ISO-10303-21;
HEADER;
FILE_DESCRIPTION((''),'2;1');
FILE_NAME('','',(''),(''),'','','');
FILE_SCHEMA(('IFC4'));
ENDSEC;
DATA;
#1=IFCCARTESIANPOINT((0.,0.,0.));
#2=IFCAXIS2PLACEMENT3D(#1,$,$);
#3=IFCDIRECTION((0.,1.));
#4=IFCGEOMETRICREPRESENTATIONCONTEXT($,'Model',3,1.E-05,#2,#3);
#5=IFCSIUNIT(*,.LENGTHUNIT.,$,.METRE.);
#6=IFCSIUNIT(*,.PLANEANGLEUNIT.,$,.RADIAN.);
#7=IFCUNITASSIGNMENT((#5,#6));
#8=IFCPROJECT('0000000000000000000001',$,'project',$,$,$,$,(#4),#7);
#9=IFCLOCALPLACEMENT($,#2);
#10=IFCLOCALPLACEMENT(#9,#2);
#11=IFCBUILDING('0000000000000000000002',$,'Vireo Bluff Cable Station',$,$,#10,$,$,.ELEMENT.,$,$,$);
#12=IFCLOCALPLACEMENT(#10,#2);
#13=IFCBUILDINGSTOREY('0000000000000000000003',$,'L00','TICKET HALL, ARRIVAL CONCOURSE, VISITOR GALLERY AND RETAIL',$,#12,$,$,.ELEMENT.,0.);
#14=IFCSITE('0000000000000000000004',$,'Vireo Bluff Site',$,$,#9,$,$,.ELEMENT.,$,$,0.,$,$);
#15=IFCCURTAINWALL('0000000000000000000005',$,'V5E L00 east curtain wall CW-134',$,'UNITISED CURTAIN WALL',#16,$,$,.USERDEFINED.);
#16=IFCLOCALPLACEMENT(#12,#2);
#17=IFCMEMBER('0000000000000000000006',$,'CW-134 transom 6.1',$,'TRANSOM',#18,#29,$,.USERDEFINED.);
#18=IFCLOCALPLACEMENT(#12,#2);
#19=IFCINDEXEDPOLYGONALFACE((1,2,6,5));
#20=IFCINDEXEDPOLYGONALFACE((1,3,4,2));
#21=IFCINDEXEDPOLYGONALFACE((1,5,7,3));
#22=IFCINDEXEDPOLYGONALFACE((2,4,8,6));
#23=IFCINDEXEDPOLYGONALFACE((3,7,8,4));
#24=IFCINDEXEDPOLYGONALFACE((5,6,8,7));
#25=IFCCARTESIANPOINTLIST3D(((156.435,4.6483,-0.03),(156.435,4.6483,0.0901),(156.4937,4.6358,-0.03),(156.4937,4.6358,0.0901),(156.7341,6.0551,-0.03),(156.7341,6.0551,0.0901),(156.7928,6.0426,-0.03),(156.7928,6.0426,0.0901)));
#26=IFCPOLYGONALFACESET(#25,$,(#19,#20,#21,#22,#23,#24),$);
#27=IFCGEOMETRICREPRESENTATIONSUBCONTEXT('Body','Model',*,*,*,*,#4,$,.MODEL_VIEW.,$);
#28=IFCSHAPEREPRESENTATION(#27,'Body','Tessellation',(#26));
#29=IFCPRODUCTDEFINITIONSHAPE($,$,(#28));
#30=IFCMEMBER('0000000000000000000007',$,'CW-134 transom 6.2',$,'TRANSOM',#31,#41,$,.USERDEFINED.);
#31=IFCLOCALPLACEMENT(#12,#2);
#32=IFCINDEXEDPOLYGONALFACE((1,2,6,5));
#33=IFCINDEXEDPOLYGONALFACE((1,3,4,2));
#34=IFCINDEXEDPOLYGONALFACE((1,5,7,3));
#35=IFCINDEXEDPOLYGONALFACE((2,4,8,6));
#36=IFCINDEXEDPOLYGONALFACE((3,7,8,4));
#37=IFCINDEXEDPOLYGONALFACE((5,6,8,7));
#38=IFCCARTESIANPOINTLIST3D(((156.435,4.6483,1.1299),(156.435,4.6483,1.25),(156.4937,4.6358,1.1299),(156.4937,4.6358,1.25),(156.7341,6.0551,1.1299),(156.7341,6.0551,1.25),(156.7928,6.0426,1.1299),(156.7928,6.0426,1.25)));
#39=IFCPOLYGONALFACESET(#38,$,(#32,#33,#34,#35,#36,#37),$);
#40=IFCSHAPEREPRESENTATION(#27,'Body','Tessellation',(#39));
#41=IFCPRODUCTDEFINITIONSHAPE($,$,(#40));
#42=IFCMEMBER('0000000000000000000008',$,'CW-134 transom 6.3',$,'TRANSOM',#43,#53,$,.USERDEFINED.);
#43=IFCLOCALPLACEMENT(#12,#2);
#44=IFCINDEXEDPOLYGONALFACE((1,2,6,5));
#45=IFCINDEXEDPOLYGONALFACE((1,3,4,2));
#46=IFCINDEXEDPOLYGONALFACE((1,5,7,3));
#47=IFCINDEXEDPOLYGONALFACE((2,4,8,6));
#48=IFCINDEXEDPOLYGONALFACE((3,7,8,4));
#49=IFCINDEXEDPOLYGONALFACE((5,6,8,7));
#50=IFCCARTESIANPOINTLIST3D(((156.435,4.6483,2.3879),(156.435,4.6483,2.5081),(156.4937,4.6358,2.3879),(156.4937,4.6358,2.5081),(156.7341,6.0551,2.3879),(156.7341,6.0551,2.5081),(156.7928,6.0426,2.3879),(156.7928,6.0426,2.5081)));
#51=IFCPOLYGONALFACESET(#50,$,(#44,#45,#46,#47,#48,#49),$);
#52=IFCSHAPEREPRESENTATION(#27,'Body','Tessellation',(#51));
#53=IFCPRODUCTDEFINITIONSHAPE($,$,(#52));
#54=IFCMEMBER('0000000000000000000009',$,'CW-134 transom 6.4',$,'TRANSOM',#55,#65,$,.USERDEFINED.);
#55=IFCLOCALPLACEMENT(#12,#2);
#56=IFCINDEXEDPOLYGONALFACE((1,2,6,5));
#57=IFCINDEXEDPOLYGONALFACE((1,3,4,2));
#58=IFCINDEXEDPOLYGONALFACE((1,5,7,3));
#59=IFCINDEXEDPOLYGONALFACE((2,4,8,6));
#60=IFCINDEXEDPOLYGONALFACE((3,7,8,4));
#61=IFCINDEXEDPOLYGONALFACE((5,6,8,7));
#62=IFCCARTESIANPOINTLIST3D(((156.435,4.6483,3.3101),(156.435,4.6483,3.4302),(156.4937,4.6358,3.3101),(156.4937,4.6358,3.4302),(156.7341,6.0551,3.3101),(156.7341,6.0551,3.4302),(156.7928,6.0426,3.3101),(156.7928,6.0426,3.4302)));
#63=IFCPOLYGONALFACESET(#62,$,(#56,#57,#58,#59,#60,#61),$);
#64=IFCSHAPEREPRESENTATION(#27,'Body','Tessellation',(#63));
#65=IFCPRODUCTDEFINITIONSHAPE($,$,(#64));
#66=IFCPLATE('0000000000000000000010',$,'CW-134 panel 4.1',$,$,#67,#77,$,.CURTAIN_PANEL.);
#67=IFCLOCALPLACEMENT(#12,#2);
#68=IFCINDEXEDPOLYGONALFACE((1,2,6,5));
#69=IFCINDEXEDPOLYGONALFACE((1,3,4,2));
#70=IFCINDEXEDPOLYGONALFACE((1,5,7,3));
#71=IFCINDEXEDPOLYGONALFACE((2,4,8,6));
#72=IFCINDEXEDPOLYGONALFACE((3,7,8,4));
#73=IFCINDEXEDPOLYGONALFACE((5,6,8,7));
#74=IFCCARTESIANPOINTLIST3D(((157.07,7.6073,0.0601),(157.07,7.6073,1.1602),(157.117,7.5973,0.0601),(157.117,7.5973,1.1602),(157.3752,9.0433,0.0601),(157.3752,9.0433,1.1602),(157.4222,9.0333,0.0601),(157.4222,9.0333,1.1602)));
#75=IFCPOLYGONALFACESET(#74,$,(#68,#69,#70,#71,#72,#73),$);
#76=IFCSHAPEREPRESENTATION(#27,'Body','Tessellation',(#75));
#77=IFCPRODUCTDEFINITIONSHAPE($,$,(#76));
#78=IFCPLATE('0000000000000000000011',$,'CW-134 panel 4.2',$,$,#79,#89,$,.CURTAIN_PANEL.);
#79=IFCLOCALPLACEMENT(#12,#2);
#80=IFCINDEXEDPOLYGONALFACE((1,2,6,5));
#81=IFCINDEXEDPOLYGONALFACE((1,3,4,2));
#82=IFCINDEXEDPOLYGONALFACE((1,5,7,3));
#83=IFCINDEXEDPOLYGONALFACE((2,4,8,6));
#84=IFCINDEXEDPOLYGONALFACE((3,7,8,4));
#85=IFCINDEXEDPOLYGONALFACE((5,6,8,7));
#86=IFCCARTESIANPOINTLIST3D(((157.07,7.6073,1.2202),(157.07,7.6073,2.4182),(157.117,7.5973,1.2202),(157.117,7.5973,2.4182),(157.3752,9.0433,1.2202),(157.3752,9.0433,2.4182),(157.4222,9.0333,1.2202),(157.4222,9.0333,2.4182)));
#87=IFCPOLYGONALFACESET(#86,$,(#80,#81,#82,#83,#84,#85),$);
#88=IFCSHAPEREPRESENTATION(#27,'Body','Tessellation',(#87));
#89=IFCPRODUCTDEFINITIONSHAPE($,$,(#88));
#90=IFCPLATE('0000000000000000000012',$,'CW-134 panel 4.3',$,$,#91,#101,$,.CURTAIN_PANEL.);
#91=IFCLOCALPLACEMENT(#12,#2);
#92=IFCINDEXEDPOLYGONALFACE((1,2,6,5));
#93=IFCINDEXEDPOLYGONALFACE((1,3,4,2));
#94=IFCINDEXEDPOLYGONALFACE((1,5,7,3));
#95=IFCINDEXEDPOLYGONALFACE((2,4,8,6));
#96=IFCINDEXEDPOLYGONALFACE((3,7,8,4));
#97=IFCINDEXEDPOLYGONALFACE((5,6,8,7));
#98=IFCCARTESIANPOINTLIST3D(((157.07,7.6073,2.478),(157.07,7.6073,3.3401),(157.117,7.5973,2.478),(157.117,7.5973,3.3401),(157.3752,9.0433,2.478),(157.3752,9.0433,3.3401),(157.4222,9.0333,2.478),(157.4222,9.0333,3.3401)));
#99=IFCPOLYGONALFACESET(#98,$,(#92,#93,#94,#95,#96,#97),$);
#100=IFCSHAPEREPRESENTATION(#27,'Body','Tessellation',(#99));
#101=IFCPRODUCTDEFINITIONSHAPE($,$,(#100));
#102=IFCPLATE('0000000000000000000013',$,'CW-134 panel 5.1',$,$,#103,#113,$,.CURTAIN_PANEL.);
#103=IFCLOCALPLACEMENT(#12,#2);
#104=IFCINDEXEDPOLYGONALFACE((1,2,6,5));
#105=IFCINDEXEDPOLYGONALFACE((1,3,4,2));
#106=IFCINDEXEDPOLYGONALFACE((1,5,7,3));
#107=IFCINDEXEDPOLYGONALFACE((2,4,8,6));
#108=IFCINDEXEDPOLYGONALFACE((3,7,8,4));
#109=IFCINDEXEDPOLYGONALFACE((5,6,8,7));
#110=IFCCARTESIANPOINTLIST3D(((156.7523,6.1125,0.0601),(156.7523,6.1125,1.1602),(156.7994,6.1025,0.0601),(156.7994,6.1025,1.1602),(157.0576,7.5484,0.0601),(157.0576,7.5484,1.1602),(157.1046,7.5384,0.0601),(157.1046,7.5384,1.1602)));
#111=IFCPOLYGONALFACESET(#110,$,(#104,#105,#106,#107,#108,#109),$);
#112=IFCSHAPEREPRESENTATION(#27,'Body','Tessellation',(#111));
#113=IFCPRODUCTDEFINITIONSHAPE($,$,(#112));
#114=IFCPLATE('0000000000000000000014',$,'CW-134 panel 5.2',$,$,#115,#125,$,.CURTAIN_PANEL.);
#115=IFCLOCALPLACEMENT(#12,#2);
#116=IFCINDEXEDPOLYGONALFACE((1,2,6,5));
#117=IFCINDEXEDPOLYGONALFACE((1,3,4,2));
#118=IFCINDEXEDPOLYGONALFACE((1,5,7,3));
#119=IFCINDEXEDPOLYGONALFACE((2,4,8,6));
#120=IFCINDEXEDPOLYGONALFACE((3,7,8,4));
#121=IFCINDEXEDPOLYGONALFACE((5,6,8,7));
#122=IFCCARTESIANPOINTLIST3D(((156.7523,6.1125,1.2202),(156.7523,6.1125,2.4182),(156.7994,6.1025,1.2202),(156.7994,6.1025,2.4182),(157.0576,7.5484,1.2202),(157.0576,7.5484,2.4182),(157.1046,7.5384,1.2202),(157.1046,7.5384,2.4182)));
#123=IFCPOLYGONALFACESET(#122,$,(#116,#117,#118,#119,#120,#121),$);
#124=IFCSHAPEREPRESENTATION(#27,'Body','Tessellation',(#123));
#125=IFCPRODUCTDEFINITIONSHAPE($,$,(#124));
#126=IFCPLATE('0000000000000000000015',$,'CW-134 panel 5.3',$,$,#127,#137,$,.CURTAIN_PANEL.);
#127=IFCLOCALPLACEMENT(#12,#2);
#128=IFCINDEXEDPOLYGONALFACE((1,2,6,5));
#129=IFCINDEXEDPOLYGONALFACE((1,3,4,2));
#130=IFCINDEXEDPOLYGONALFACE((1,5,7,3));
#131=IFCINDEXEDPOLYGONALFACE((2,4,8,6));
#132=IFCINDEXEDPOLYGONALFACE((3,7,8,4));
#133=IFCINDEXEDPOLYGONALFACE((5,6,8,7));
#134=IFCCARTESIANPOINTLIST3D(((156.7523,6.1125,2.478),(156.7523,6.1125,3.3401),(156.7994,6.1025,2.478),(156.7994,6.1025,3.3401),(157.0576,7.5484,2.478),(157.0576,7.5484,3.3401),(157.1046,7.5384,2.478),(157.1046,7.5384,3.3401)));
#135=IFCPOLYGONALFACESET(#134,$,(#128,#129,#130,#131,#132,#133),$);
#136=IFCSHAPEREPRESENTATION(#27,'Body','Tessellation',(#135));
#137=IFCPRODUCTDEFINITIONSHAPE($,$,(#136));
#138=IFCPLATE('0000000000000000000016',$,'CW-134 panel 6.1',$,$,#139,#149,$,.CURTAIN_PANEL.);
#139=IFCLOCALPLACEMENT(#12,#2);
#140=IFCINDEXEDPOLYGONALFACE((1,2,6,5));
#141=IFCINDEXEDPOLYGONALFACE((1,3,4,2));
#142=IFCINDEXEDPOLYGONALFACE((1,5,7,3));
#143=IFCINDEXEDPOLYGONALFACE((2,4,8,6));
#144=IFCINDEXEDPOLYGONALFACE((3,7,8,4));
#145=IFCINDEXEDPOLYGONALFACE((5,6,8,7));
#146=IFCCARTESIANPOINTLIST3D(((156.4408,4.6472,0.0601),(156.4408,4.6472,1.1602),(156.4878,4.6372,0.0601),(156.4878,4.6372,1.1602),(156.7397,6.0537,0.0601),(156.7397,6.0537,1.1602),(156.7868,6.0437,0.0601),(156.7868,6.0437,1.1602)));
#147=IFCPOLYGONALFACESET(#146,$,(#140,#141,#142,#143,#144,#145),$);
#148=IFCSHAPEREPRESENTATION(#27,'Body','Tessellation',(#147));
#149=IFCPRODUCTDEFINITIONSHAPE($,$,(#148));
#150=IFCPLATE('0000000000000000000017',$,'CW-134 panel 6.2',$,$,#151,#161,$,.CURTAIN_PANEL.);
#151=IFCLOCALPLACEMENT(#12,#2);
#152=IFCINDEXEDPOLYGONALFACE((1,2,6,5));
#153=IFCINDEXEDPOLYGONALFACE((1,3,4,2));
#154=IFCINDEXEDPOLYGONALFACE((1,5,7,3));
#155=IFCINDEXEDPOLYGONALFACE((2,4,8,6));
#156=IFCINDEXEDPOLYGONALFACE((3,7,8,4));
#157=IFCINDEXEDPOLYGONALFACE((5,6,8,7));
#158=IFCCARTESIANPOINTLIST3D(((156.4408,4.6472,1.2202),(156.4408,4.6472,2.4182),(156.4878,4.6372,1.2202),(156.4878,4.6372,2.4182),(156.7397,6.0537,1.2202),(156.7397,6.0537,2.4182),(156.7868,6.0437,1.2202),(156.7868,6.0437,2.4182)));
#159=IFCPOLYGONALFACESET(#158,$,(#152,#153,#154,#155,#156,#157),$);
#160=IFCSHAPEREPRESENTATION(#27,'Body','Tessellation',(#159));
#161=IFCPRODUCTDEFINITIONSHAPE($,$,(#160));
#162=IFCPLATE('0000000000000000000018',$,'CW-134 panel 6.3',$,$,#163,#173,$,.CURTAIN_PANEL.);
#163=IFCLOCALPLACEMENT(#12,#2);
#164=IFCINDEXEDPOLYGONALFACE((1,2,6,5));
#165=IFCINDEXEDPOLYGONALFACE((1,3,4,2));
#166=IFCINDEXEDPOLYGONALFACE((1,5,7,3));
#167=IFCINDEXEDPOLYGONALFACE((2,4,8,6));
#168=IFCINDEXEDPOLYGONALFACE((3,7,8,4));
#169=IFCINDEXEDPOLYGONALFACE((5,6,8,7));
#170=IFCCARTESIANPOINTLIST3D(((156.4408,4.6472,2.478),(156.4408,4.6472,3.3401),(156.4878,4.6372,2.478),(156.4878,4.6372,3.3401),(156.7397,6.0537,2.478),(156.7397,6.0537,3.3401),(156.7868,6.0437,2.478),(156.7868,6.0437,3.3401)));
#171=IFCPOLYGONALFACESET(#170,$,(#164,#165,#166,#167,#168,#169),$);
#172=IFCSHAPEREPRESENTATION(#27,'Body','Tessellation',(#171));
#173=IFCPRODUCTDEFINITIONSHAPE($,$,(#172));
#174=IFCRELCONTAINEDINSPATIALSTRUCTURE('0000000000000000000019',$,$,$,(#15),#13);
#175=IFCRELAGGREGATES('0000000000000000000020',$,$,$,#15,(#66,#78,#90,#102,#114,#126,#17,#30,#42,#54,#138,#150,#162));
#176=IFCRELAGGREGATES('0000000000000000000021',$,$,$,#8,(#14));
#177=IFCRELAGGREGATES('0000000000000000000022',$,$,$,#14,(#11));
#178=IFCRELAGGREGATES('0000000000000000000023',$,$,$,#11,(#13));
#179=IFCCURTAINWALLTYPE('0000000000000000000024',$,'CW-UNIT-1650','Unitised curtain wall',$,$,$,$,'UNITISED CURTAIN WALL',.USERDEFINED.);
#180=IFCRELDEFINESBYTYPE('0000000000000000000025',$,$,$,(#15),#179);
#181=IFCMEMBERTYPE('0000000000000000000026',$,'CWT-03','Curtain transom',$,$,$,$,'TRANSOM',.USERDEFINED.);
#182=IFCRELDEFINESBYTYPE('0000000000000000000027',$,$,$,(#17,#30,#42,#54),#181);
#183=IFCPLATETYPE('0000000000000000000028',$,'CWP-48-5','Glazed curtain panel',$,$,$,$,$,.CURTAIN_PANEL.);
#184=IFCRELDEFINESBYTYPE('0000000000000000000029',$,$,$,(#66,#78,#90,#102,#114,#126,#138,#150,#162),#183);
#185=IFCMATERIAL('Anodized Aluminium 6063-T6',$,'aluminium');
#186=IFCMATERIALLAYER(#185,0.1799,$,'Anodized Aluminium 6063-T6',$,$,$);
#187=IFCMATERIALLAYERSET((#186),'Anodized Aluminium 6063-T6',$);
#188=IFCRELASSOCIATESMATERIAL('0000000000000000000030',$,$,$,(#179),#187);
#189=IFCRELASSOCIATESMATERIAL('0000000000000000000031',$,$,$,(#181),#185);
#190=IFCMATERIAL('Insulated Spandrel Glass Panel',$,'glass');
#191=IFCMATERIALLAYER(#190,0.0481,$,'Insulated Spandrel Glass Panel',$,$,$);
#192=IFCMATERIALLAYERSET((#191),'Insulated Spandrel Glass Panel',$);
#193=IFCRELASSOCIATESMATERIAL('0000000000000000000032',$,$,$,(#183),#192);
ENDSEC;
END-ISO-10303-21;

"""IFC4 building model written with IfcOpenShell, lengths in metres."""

from ifc_helpers import new_model, si_unit, direction, frame, origin, origin_2d, place, context, subcontext, project, spatial, rectangle, extrude, material, layer, layer_set, material_profile, profile_set, type_object, element, aggregate, save


model = new_model("IFC4")

# Units and contexts
model_context = context("Model", 3, precision=1e-05, world=origin(), true_north=direction((0.0, 1.0)))
body_context = subcontext(model_context, "Body", "Model", "MODEL_VIEW")
ifc_project = project(units=[si_unit("LENGTHUNIT", "METRE"), si_unit("PLANEANGLEUNIT", "RADIAN")], contexts=[model_context])

# Site, building, storey
site_placement = place(None, origin())
site = spatial("IfcSite", under=ifc_project, at=site_placement, Name="Vireo Bluff Site", CompositionType="ELEMENT", RefElevation=0.0)
building_placement = place(site_placement, origin())
building = spatial("IfcBuilding", under=site, at=building_placement, Name="Vireo Bluff Cable Station", CompositionType="ELEMENT")
storey_placement = place(building_placement, origin())
storey = spatial("IfcBuildingStorey", under=building, at=storey_placement, Name="L00", Description="TICKET HALL, ARRIVAL CONCOURSE, VISITOR GALLERY AND RETAIL", CompositionType="ELEMENT", Elevation=0.0)

# Curtain wall, members, plates
ifc_material_1 = material(Name="Anodized Aluminium 6063-T6", Category="aluminium")
ifc_layer_1 = layer(ifc_material_1, 0.1799, Name="Anodized Aluminium 6063-T6")
ifc_layer_set_1 = layer_set([ifc_layer_1], Name="Anodized Aluminium 6063-T6")
curtain_wall_type = type_object("IfcCurtainWallType", Name="CW-UNIT-1650", Description="Unitised curtain wall", ElementType="UNITISED CURTAIN WALL", PredefinedType="USERDEFINED", material=ifc_layer_set_1)
curtain_wall_placement = place(storey_placement, origin())
curtain_wall = element("IfcCurtainWall", 1, at=curtain_wall_placement, inside=storey, type_object=curtain_wall_type, Name="V5E L00 east curtain wall CW-134", ObjectType="UNITISED CURTAIN WALL", PredefinedType="USERDEFINED")
ifc_material_profile_1 = material_profile(ifc_material_1, rectangle(XDim=0.0601, YDim=0.1201, at=origin_2d()), Name="ALU-T-60X120")
ifc_profile_set_1 = profile_set([ifc_material_profile_1], Name="Anodized Aluminium 6063-T6")
member_type_1 = type_object("IfcMemberType", Name="CWT-03", Description="Curtain transom", ElementType="TRANSOM", PredefinedType="USERDEFINED", material=ifc_profile_set_1)
member_1_placement = place(storey_placement, frame((156.7634, 6.0488, 0.03), z_axis=(-0.207952, -0.978139, 0.0), x_axis=(0.978139, -0.207952, 0.0)))
member_1 = element("IfcMember", 2, at=member_1_placement, type_object=member_type_1, Name="CW-134 transom 6.1", ObjectType="TRANSOM", PredefinedType="USERDEFINED", context=body_context, shape_type="SweptSolid", body=[
    extrude(rectangle(XDim=0.0601, YDim=0.1201, at=origin_2d()), origin(), (0.0, 0.0, 1.0), 1.4382),
])
member_2_placement = place(storey_placement, frame((156.7634, 6.0488, 1.1899), z_axis=(-0.207952, -0.978139, 0.0), x_axis=(0.978139, -0.207952, 0.0)))
member_2 = element("IfcMember", 3, at=member_2_placement, type_object=member_type_1, Name="CW-134 transom 6.2", ObjectType="TRANSOM", PredefinedType="USERDEFINED", context=body_context, shape_type="SweptSolid", body=[
    extrude(rectangle(XDim=0.0601, YDim=0.1201, at=origin_2d()), origin(), (0.0, 0.0, 1.0), 1.4382),
])
member_3_placement = place(storey_placement, frame((156.7634, 6.0488, 2.448), z_axis=(-0.207952, -0.978139, 0.0), x_axis=(0.978139, -0.207952, 0.0)))
member_3 = element("IfcMember", 4, at=member_3_placement, type_object=member_type_1, Name="CW-134 transom 6.3", ObjectType="TRANSOM", PredefinedType="USERDEFINED", context=body_context, shape_type="SweptSolid", body=[
    extrude(rectangle(XDim=0.0601, YDim=0.1201, at=origin_2d()), origin(), (0.0, 0.0, 1.0), 1.4382),
])
member_4_placement = place(storey_placement, frame((156.7634, 6.0488, 3.3701), z_axis=(-0.207952, -0.978139, 0.0), x_axis=(0.978139, -0.207952, 0.0)))
member_4 = element("IfcMember", 5, at=member_4_placement, type_object=member_type_1, Name="CW-134 transom 6.4", ObjectType="TRANSOM", PredefinedType="USERDEFINED", context=body_context, shape_type="SweptSolid", body=[
    extrude(rectangle(XDim=0.0601, YDim=0.1201, at=origin_2d()), origin(), (0.0, 0.0, 1.0), 1.4382),
])
ifc_material_2 = material(Name="Insulated Spandrel Glass Panel", Category="glass")
ifc_layer_2 = layer(ifc_material_2, 0.0481, Name="Insulated Spandrel Glass Panel")
ifc_layer_set_2 = layer_set([ifc_layer_2], Name="Insulated Spandrel Glass Panel")
plate_type = type_object("IfcPlateType", Name="CWP-48-5", Description="Glazed curtain panel", PredefinedType="CURTAIN_PANEL", material=ifc_layer_set_2)
plate_1_placement = place(storey_placement, frame((157.2461, 8.3203, 0.0601), z_axis=(0.0, 0.0, 1.0), x_axis=(-0.207912, -0.978148, 0.0)))
plate_1 = element("IfcPlate", 6, at=plate_1_placement, type_object=plate_type, Name="CW-134 panel 4.1", PredefinedType="CURTAIN_PANEL", context=body_context, shape_type="SweptSolid", body=[
    extrude(rectangle(XDim=1.468, YDim=0.0481, at=origin_2d()), origin(), (0.0, 0.0, 1.0), 1.1001),
])
plate_2_placement = place(storey_placement, frame((157.2461, 8.3203, 1.2202), z_axis=(0.0, 0.0, 1.0), x_axis=(-0.207912, -0.978148, 0.0)))
plate_2 = element("IfcPlate", 7, at=plate_2_placement, type_object=plate_type, Name="CW-134 panel 4.2", PredefinedType="CURTAIN_PANEL", context=body_context, shape_type="SweptSolid", body=[
    extrude(rectangle(XDim=1.468, YDim=0.0481, at=origin_2d()), origin(), (0.0, 0.0, 1.0), 1.198),
])
plate_3_placement = place(storey_placement, frame((157.2461, 8.3203, 2.478), z_axis=(0.0, 0.0, 1.0), x_axis=(-0.207912, -0.978148, 0.0)))
plate_3 = element("IfcPlate", 8, at=plate_3_placement, type_object=plate_type, Name="CW-134 panel 4.3", PredefinedType="CURTAIN_PANEL", context=body_context, shape_type="SweptSolid", body=[
    extrude(rectangle(XDim=1.468, YDim=0.0481, at=origin_2d()), origin(), (0.0, 0.0, 1.0), 0.8621),
])
plate_4_placement = place(storey_placement, frame((156.9285, 6.8254, 0.0601), z_axis=(0.0, 0.0, 1.0), x_axis=(-0.207912, -0.978148, 0.0)))
plate_4 = element("IfcPlate", 9, at=plate_4_placement, type_object=plate_type, Name="CW-134 panel 5.1", PredefinedType="CURTAIN_PANEL", context=body_context, shape_type="SweptSolid", body=[
    extrude(rectangle(XDim=1.468, YDim=0.0481, at=origin_2d()), origin(), (0.0, 0.0, 1.0), 1.1001),
])
plate_5_placement = place(storey_placement, frame((156.9285, 6.8254, 1.2202), z_axis=(0.0, 0.0, 1.0), x_axis=(-0.207912, -0.978148, 0.0)))
plate_5 = element("IfcPlate", 10, at=plate_5_placement, type_object=plate_type, Name="CW-134 panel 5.2", PredefinedType="CURTAIN_PANEL", context=body_context, shape_type="SweptSolid", body=[
    extrude(rectangle(XDim=1.468, YDim=0.0481, at=origin_2d()), origin(), (0.0, 0.0, 1.0), 1.198),
])
plate_6_placement = place(storey_placement, frame((156.9285, 6.8254, 2.478), z_axis=(0.0, 0.0, 1.0), x_axis=(-0.207912, -0.978148, 0.0)))
plate_6 = element("IfcPlate", 11, at=plate_6_placement, type_object=plate_type, Name="CW-134 panel 5.3", PredefinedType="CURTAIN_PANEL", context=body_context, shape_type="SweptSolid", body=[
    extrude(rectangle(XDim=1.468, YDim=0.0481, at=origin_2d()), origin(), (0.0, 0.0, 1.0), 0.8621),
])
plate_7_placement = place(storey_placement, frame((156.6138, 5.3455, 0.0601), z_axis=(0.0, 0.0, 1.0), x_axis=(-0.207912, -0.978148, 0.0)))
plate_7 = element("IfcPlate", 12, at=plate_7_placement, type_object=plate_type, Name="CW-134 panel 6.1", PredefinedType="CURTAIN_PANEL", context=body_context, shape_type="SweptSolid", body=[
    extrude(rectangle(XDim=1.438, YDim=0.0481, at=origin_2d()), origin(), (0.0, 0.0, 1.0), 1.1001),
])
plate_8_placement = place(storey_placement, frame((156.6138, 5.3455, 1.2202), z_axis=(0.0, 0.0, 1.0), x_axis=(-0.207912, -0.978148, 0.0)))
plate_8 = element("IfcPlate", 13, at=plate_8_placement, type_object=plate_type, Name="CW-134 panel 6.2", PredefinedType="CURTAIN_PANEL", context=body_context, shape_type="SweptSolid", body=[
    extrude(rectangle(XDim=1.438, YDim=0.0481, at=origin_2d()), origin(), (0.0, 0.0, 1.0), 1.198),
])
plate_9_placement = place(storey_placement, frame((156.6138, 5.3455, 2.478), z_axis=(0.0, 0.0, 1.0), x_axis=(-0.207912, -0.978148, 0.0)))
plate_9 = element("IfcPlate", 14, at=plate_9_placement, type_object=plate_type, Name="CW-134 panel 6.3", PredefinedType="CURTAIN_PANEL", context=body_context, shape_type="SweptSolid", body=[
    extrude(rectangle(XDim=1.438, YDim=0.0481, at=origin_2d()), origin(), (0.0, 0.0, 1.0), 0.8621),
])
aggregate(curtain_wall, [plate_1, plate_2, plate_3, plate_4, plate_5, plate_6, member_1, member_2, member_3, member_4, plate_7, plate_8, plate_9])

save(model, "model.ifc")
